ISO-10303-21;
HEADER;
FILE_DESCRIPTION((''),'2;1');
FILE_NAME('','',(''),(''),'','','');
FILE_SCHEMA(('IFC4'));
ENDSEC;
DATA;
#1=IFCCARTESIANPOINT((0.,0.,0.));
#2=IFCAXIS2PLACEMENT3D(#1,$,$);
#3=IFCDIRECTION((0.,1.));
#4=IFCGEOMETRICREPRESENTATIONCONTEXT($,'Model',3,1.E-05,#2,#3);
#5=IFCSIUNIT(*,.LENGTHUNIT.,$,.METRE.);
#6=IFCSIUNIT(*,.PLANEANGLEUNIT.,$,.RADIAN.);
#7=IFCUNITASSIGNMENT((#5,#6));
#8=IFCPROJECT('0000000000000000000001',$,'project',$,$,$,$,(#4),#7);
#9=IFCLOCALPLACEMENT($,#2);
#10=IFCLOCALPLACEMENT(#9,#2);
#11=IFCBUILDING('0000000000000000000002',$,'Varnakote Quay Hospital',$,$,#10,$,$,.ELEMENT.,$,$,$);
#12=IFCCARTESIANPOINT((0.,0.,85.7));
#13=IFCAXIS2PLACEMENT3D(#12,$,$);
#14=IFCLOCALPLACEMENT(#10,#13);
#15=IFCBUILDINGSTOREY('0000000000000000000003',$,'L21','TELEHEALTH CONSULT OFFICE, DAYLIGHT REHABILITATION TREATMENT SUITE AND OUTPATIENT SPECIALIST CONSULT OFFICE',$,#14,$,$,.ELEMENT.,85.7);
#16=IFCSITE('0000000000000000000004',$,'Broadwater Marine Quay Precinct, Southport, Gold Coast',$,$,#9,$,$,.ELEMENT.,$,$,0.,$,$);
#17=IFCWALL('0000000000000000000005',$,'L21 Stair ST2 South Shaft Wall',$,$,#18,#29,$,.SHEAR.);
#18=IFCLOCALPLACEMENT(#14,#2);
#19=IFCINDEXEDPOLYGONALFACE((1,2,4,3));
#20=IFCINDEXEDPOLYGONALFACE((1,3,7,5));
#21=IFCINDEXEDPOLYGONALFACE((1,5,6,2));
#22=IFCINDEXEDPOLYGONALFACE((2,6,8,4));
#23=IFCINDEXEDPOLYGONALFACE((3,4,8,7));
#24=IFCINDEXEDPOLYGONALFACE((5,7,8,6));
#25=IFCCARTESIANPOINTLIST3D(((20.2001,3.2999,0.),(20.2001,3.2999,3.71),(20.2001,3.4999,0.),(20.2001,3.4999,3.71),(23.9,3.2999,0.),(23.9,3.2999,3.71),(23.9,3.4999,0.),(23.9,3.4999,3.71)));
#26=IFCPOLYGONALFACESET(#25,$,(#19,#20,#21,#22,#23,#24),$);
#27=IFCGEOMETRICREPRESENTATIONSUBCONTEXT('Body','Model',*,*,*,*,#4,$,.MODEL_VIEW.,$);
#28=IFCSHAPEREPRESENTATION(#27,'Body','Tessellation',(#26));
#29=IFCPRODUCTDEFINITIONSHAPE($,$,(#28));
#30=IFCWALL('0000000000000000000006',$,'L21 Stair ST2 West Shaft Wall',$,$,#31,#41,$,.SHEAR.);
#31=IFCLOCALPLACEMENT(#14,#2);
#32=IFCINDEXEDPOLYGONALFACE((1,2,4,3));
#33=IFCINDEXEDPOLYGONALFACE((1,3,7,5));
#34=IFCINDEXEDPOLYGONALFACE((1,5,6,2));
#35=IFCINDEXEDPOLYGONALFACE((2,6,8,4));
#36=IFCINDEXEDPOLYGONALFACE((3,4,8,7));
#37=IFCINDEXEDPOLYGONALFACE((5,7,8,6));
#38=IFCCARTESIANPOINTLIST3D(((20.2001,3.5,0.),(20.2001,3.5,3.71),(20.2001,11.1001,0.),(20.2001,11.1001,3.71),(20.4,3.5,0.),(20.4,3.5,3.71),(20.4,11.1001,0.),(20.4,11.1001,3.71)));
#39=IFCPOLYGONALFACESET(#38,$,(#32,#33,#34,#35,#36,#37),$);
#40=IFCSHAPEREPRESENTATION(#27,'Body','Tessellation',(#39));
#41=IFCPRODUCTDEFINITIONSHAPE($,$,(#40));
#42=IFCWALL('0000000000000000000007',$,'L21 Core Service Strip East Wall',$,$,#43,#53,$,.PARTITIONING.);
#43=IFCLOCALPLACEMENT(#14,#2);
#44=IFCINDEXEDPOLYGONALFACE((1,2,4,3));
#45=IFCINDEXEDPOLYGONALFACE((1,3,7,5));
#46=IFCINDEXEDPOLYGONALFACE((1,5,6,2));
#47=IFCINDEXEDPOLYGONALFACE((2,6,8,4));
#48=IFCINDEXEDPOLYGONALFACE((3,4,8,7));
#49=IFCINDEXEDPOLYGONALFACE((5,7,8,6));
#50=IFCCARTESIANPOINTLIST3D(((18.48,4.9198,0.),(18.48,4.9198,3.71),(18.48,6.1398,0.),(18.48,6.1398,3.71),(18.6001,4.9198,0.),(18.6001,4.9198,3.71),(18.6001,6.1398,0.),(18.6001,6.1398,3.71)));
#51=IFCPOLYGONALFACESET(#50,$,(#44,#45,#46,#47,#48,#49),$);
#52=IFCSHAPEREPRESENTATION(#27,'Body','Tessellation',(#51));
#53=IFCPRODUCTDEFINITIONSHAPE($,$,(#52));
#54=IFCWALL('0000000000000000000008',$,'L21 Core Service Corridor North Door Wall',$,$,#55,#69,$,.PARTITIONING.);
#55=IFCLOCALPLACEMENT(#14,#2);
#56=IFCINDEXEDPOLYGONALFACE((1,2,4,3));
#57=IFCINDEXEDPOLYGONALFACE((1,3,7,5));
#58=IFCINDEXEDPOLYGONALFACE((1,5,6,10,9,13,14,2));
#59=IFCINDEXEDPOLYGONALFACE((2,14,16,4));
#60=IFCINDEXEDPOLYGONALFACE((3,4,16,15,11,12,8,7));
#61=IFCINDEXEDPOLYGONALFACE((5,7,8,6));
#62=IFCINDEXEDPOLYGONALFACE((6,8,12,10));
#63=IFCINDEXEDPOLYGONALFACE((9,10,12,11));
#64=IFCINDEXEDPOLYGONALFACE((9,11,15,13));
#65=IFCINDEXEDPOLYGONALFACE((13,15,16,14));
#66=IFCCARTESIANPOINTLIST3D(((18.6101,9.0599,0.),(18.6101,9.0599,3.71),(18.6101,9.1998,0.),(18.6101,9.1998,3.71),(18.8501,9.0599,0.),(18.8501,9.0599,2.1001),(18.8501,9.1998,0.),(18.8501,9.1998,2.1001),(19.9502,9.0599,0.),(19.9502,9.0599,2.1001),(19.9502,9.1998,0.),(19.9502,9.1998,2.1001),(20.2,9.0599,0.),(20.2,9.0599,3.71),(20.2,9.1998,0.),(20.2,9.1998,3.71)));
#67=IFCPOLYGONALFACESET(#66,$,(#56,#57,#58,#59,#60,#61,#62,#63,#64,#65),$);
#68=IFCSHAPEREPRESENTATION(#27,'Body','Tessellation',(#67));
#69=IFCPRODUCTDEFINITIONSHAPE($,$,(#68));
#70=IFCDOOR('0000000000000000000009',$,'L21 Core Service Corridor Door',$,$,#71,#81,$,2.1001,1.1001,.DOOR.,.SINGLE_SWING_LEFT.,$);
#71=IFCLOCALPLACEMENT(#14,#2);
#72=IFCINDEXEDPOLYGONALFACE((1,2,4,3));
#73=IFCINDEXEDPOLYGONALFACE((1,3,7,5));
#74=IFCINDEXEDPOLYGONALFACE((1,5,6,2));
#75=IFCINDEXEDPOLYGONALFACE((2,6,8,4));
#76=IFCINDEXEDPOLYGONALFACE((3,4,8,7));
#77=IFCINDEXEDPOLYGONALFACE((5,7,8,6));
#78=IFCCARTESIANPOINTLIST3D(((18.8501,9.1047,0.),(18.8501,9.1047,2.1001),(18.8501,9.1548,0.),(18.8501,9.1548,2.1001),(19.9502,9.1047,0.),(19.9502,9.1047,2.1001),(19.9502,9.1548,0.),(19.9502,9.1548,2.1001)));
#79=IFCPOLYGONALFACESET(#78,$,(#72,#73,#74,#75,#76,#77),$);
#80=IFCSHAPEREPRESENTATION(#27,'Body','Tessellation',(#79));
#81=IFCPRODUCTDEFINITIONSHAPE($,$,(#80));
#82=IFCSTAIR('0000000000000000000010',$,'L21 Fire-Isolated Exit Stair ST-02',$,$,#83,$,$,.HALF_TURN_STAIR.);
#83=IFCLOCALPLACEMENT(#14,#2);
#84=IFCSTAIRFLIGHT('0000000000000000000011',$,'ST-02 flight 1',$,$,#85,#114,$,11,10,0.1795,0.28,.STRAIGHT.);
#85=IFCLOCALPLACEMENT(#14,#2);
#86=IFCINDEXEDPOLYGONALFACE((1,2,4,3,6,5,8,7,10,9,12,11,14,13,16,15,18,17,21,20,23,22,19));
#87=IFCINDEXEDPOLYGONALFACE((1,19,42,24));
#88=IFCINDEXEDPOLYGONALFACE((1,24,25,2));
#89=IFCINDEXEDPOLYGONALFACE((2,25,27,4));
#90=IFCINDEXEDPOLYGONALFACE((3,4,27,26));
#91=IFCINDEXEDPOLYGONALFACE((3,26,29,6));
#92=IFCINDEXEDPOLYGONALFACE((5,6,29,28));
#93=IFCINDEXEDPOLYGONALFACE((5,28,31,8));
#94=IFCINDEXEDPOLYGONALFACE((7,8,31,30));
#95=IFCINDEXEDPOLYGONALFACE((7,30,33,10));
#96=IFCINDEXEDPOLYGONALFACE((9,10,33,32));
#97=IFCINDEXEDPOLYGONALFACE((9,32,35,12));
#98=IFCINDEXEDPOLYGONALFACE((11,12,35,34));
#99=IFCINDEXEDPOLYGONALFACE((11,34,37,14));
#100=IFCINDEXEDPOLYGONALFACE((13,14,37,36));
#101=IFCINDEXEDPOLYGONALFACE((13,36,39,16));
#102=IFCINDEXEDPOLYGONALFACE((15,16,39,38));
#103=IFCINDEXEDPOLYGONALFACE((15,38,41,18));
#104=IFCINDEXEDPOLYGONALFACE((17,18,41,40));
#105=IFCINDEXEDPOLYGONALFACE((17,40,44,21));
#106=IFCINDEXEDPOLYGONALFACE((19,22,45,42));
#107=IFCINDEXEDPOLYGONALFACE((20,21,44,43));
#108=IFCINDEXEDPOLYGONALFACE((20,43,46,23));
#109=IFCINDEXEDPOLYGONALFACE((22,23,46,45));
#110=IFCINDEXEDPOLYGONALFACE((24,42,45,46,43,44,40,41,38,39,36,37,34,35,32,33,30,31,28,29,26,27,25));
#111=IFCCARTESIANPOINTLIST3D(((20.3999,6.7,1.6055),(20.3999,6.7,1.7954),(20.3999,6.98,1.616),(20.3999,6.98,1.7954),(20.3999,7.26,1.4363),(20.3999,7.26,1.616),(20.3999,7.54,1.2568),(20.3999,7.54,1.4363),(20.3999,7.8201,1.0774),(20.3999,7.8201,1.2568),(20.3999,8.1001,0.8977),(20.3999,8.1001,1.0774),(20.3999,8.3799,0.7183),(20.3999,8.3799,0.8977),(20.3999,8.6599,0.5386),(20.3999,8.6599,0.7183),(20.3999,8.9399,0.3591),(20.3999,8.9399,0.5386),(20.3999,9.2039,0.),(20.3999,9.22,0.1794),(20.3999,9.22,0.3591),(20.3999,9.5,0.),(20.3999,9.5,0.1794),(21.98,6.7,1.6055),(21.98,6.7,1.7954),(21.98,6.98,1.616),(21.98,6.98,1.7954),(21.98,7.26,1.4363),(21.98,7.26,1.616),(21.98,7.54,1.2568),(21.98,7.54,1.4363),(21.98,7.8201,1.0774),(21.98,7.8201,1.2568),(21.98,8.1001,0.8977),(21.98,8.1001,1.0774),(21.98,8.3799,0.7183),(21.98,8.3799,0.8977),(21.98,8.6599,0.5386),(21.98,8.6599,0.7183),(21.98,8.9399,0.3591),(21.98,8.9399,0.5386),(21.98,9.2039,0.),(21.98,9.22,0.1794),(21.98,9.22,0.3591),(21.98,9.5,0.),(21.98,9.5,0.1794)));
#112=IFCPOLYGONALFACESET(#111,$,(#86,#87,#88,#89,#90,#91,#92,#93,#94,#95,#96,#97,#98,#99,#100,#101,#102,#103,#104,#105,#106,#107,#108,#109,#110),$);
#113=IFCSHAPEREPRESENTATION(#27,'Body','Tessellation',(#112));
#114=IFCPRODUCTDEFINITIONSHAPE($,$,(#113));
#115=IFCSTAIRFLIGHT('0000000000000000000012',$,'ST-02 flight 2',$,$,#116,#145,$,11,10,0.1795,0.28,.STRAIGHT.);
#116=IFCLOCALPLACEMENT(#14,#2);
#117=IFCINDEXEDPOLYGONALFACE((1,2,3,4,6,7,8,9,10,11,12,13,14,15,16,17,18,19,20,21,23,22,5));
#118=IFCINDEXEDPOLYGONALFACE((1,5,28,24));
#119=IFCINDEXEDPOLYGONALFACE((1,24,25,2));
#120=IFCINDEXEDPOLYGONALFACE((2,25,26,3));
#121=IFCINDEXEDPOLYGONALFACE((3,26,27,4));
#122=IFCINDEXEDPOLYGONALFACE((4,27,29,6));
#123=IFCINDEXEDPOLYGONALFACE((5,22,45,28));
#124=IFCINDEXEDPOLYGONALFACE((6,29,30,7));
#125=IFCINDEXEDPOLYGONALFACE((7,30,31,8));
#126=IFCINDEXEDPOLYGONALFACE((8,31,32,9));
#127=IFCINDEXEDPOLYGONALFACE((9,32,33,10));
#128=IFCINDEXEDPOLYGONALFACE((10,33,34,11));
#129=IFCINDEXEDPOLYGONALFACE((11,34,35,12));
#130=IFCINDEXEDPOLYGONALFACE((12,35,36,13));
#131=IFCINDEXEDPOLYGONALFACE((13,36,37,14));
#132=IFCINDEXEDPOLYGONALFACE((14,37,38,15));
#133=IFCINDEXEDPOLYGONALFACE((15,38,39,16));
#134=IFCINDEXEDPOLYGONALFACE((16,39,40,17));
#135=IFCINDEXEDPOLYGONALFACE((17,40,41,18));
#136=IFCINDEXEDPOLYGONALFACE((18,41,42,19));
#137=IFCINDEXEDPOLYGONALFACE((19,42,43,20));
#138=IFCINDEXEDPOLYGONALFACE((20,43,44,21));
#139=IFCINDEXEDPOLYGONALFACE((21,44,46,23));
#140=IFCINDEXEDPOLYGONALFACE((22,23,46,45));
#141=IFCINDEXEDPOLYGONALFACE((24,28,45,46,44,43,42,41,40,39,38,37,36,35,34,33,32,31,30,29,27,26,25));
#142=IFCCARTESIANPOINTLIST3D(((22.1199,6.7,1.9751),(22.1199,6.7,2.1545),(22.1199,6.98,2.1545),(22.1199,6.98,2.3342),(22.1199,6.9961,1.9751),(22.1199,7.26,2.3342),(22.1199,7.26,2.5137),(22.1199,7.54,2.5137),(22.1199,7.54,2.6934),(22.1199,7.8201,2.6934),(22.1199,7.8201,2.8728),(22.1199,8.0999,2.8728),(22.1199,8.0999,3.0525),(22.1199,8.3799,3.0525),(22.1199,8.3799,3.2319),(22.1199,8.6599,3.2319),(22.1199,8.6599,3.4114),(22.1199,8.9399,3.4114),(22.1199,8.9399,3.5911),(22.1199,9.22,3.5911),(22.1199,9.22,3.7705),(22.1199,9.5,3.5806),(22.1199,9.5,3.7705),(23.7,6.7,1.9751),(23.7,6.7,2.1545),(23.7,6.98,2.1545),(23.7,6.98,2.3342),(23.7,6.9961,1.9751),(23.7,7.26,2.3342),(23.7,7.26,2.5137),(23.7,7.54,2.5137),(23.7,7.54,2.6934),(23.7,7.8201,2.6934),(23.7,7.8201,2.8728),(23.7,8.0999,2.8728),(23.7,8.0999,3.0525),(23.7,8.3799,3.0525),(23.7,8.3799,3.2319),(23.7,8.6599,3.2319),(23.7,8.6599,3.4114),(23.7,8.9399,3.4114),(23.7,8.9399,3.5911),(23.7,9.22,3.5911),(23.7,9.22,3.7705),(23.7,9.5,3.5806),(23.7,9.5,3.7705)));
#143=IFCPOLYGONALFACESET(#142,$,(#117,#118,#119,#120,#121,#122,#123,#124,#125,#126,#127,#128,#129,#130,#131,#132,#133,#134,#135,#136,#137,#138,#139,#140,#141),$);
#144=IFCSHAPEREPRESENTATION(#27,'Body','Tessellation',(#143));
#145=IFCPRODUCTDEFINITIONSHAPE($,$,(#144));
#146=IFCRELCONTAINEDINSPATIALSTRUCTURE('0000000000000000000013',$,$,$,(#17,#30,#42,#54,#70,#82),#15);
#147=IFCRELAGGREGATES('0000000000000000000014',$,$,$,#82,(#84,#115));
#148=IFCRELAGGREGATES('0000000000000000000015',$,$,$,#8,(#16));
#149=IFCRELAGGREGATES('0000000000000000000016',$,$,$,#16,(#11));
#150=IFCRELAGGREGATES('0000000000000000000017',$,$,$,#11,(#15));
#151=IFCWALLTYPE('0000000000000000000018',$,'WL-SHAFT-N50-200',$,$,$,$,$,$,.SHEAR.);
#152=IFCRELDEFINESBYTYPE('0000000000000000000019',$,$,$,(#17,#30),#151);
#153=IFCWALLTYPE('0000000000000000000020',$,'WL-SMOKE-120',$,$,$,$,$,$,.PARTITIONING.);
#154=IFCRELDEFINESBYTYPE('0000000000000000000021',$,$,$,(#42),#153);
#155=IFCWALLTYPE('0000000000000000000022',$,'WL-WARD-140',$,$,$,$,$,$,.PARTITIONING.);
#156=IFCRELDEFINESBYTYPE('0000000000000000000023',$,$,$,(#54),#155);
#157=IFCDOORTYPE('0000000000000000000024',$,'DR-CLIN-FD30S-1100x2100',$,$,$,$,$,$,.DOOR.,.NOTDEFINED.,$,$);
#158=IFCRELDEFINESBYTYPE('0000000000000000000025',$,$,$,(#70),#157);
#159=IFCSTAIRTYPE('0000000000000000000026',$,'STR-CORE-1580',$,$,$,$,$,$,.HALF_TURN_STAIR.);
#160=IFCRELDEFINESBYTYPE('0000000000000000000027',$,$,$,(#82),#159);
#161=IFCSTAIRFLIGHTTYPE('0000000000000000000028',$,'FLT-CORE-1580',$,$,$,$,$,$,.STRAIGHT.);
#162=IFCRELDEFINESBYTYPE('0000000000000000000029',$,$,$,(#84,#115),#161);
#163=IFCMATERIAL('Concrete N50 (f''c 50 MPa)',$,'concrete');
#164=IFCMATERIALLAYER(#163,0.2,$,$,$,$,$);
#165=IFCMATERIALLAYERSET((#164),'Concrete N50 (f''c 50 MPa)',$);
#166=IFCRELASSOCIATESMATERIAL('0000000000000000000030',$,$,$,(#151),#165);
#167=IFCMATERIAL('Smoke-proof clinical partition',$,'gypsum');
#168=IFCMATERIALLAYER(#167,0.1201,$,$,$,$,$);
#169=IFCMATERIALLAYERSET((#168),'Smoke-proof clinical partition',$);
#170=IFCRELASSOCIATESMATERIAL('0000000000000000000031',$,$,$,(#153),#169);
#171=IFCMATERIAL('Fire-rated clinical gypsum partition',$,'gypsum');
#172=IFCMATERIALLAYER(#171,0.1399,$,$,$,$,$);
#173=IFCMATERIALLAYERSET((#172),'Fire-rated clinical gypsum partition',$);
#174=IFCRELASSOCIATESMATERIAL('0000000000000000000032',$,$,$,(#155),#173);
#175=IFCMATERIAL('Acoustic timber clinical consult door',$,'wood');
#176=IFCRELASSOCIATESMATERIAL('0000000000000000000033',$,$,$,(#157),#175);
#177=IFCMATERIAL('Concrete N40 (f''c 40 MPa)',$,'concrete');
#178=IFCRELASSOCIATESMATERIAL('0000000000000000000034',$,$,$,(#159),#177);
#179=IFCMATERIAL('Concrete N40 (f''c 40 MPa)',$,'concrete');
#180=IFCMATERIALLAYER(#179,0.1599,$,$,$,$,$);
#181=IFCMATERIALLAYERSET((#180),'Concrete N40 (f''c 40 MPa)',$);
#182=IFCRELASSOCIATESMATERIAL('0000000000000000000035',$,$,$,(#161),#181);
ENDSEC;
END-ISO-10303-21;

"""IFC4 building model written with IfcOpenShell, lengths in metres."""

from ifc_helpers import new_model, si_unit, direction, frame, frame_2d, origin, place, context, subcontext, project, spatial, polyline, rectangle, outline, extrude, material, layer, layer_set, type_object, element, fill, aggregate, save


model = new_model("IFC4")

# Units and contexts
model_context = context("Model", 3, precision=1e-05, world=origin(), true_north=direction((0.0, 1.0)))
body_context = subcontext(model_context, "Body", "Model", "MODEL_VIEW")
ifc_project = project(units=[si_unit("LENGTHUNIT", "METRE"), si_unit("PLANEANGLEUNIT", "RADIAN")], contexts=[model_context])

# Site, building, storey
site_placement = place(None, origin())
site = spatial("IfcSite", under=ifc_project, at=site_placement, Name="Broadwater Marine Quay Precinct, Southport, Gold Coast", CompositionType="ELEMENT", RefElevation=0.0)
building_placement = place(site_placement, origin())
building = spatial("IfcBuilding", under=site, at=building_placement, Name="Varnakote Quay Hospital", CompositionType="ELEMENT")
storey_placement = place(building_placement, frame((0.0, 0.0, 85.7)))
storey = spatial("IfcBuildingStorey", under=building, at=storey_placement, Name="L21", Description="TELEHEALTH CONSULT OFFICE, DAYLIGHT REHABILITATION TREATMENT SUITE AND OUTPATIENT SPECIALIST CONSULT OFFICE", CompositionType="ELEMENT", Elevation=85.7)

# Walls
ifc_material_1 = material(Name="Concrete N50 (f'c 50 MPa)", Category="concrete")
ifc_layer_1 = layer(ifc_material_1, 0.2)
ifc_layer_set_1 = layer_set([ifc_layer_1], Name="Concrete N50 (f'c 50 MPa)")
wall_type_1 = type_object("IfcWallType", Name="WL-SHAFT-N50-200", PredefinedType="SHEAR", material=ifc_layer_set_1)
wall_1_placement = place(storey_placement, frame((20.2, 3.3999, 0.0), z_axis=(0.0, 0.0, 1.0), x_axis=(1.0, 0.0, 0.0)))
element("IfcWall", 1, at=wall_1_placement, inside=storey, type_object=wall_type_1, Name="L21 Stair ST2 South Shaft Wall", PredefinedType="SHEAR", context=body_context, shape_type="SweptSolid", body=[
    extrude(rectangle(XDim=3.7, YDim=0.2, at=frame_2d((1.8501, 0.0))), origin(), (0.0, 0.0, 1.0), 3.71),
])
wall_2_placement = place(storey_placement, frame((20.3, 3.5, 0.0), z_axis=(0.0, 0.0, 1.0), x_axis=(0.0, 1.0, 0.0)))
element("IfcWall", 2, at=wall_2_placement, inside=storey, type_object=wall_type_1, Name="L21 Stair ST2 West Shaft Wall", PredefinedType="SHEAR", context=body_context, shape_type="SweptSolid", body=[
    extrude(rectangle(XDim=7.6001, YDim=0.2, at=frame_2d((3.8, 0.0))), origin(), (0.0, 0.0, 1.0), 3.71),
])

# Wall
ifc_material_2 = material(Name="Smoke-proof clinical partition", Category="gypsum")
ifc_layer_2 = layer(ifc_material_2, 0.1201)
ifc_layer_set_2 = layer_set([ifc_layer_2], Name="Smoke-proof clinical partition")
wall_type_2 = type_object("IfcWallType", Name="WL-SMOKE-120", PredefinedType="PARTITIONING", material=ifc_layer_set_2)
wall_3_placement = place(storey_placement, frame((18.54, 4.9199, 0.0), z_axis=(0.0, 0.0, 1.0), x_axis=(0.0, 1.0, 0.0)))
element("IfcWall", 3, at=wall_3_placement, inside=storey, type_object=wall_type_2, Name="L21 Core Service Strip East Wall", PredefinedType="PARTITIONING", context=body_context, shape_type="SweptSolid", body=[
    extrude(rectangle(XDim=1.22, YDim=0.1201, at=frame_2d((0.6099, 0.0))), origin(), (0.0, 0.0, 1.0), 3.71),
])

# Wall, opening, door
ifc_material_3 = material(Name="Fire-rated clinical gypsum partition", Category="gypsum")
ifc_layer_3 = layer(ifc_material_3, 0.1399)
ifc_layer_set_3 = layer_set([ifc_layer_3], Name="Fire-rated clinical gypsum partition")
wall_type_3 = type_object("IfcWallType", Name="WL-WARD-140", PredefinedType="PARTITIONING", material=ifc_layer_set_3)
wall_4_placement = place(storey_placement, frame((18.6101, 9.1299, 0.0), z_axis=(0.0, 0.0, 1.0), x_axis=(1.0, 0.0, 0.0)))
wall_4 = element("IfcWall", 4, at=wall_4_placement, inside=storey, type_object=wall_type_3, Name="L21 Core Service Corridor North Door Wall", PredefinedType="PARTITIONING", context=body_context, shape_type="SweptSolid", body=[
    extrude(rectangle(XDim=1.5898, YDim=0.1399, at=frame_2d((0.7949, 0.0))), origin(), (0.0, 0.0, 1.0), 3.71),
])
opening_1_placement = place(wall_4_placement, frame((0.24, 0.0, 0.0)))
opening_1 = element("IfcOpeningElement", 5, at=opening_1_placement, cuts=wall_4, PredefinedType="OPENING", context=body_context, shape_type="SweptSolid", body=[
    extrude(rectangle(XDim=1.1001, YDim=2.1001, at=frame_2d((0.55, 1.05))), frame((0.0, 0.0798, 0.0), z_axis=(0.0, -1.0, 0.0), x_axis=(1.0, 0.0, 0.0)), (0.0, 0.0, 1.0), 0.1599),
])
ifc_material_4 = material(Name="Acoustic timber clinical consult door", Category="wood")
door_type_1 = type_object("IfcDoorType", Name="DR-CLIN-FD30S-1100x2100", OperationType="NOTDEFINED", PredefinedType="DOOR", material=ifc_material_4)
door_1_placement = place(opening_1_placement, origin())
door_1 = element("IfcDoor", 6, at=door_1_placement, inside=storey, type_object=door_type_1, Name="L21 Core Service Corridor Door", OperationType="SINGLE_SWING_LEFT", OverallHeight=2.1001, OverallWidth=1.1001, PredefinedType="DOOR", context=body_context, shape_type="SweptSolid", body=[
    extrude(rectangle(XDim=1.1001, YDim=2.1001, at=frame_2d((0.55, 1.05))), frame((0.0, 0.0249, 0.0), z_axis=(0.0, -1.0, 0.0), x_axis=(1.0, 0.0, 0.0)), (0.0, 0.0, 1.0), 0.05),
])
fill(opening_1, door_1)

# Stair, stair flights
ifc_material_5 = material(Name="Concrete N40 (f'c 40 MPa)", Category="concrete")
stair_type = type_object("IfcStairType", Name="STR-CORE-1580", PredefinedType="HALF_TURN_STAIR", material=ifc_material_5)
stair_placement = place(storey_placement, origin())
stair = element("IfcStair", 7, at=stair_placement, inside=storey, type_object=stair_type, Name="L21 Fire-Isolated Exit Stair ST-02", PredefinedType="HALF_TURN_STAIR")
ifc_material_6 = material(Name="Concrete N40 (f'c 40 MPa)", Category="concrete")
ifc_layer_4 = layer(ifc_material_6, 0.1599)
ifc_layer_set_4 = layer_set([ifc_layer_4], Name="Concrete N40 (f'c 40 MPa)")
stair_flight_type = type_object("IfcStairFlightType", Name="FLT-CORE-1580", PredefinedType="STRAIGHT", material=ifc_layer_set_4)
stair_flight_1_placement = place(storey_placement, frame((21.1899, 9.5, 0.0), z_axis=(0.0, 0.0, 1.0), x_axis=(0.0, -1.0, 0.0)))
stair_flight_1 = element("IfcStairFlight", 8, at=stair_flight_1_placement, type_object=stair_flight_type, Name="ST-02 flight 1", NumberOfRisers=11, NumberOfTreads=10, PredefinedType="STRAIGHT", RiserHeight=0.1795, TreadLength=0.28, context=body_context, shape_type="SweptSolid", body=[
    extrude(outline(polyline([(0.0, 0.0), (0.0, 0.1794), (0.28, 0.1794), (0.28, 0.3591), (0.5601, 0.3591), (0.5601, 0.5386), (0.8401, 0.5386), (0.8401, 0.7183), (1.1201, 0.7183), (1.1201, 0.8977), (1.3999, 0.8977), (1.3999, 1.0774), (1.6799, 1.0774), (1.6799, 1.2568), (1.96, 1.2568), (1.96, 1.4363), (2.24, 1.4363), (2.24, 1.616), (2.52, 1.616), (2.52, 1.7954), (2.8, 1.7954), (2.8, 1.9751), (2.8, 1.6055), (0.2961, 0.0), (0.0, 0.0)])), frame((0.0, 0.79, 0.0), z_axis=(0.0, -1.0, 0.0), x_axis=(1.0, 0.0, 0.0)), (0.0, 0.0, 1.0), 1.5801),
])
stair_flight_2_placement = place(storey_placement, frame((22.9099, 6.7, 1.9751), z_axis=(0.0, 0.0, 1.0), x_axis=(0.0, 1.0, 0.0)))
stair_flight_2 = element("IfcStairFlight", 9, at=stair_flight_2_placement, type_object=stair_flight_type, Name="ST-02 flight 2", NumberOfRisers=11, NumberOfTreads=10, PredefinedType="STRAIGHT", RiserHeight=0.1795, TreadLength=0.28, context=body_context, shape_type="SweptSolid", body=[
    extrude(outline(polyline([(0.0, 0.0), (0.0, 0.1794), (0.28, 0.1794), (0.28, 0.3591), (0.5601, 0.3591), (0.5601, 0.5386), (0.8401, 0.5386), (0.8401, 0.7183), (1.1201, 0.7183), (1.1201, 0.8977), (1.3999, 0.8977), (1.3999, 1.0774), (1.6799, 1.0774), (1.6799, 1.2568), (1.96, 1.2568), (1.96, 1.4363), (2.24, 1.4363), (2.24, 1.616), (2.52, 1.616), (2.52, 1.7954), (2.8, 1.7954), (2.8, 1.9751), (2.8, 1.6055), (0.2961, 0.0), (0.0, 0.0)])), frame((0.0, 0.79, 0.0), z_axis=(0.0, -1.0, 0.0), x_axis=(1.0, 0.0, 0.0)), (0.0, 0.0, 1.0), 1.5801),
])
aggregate(stair, [stair_flight_1, stair_flight_2])

save(model, "model.ifc")
